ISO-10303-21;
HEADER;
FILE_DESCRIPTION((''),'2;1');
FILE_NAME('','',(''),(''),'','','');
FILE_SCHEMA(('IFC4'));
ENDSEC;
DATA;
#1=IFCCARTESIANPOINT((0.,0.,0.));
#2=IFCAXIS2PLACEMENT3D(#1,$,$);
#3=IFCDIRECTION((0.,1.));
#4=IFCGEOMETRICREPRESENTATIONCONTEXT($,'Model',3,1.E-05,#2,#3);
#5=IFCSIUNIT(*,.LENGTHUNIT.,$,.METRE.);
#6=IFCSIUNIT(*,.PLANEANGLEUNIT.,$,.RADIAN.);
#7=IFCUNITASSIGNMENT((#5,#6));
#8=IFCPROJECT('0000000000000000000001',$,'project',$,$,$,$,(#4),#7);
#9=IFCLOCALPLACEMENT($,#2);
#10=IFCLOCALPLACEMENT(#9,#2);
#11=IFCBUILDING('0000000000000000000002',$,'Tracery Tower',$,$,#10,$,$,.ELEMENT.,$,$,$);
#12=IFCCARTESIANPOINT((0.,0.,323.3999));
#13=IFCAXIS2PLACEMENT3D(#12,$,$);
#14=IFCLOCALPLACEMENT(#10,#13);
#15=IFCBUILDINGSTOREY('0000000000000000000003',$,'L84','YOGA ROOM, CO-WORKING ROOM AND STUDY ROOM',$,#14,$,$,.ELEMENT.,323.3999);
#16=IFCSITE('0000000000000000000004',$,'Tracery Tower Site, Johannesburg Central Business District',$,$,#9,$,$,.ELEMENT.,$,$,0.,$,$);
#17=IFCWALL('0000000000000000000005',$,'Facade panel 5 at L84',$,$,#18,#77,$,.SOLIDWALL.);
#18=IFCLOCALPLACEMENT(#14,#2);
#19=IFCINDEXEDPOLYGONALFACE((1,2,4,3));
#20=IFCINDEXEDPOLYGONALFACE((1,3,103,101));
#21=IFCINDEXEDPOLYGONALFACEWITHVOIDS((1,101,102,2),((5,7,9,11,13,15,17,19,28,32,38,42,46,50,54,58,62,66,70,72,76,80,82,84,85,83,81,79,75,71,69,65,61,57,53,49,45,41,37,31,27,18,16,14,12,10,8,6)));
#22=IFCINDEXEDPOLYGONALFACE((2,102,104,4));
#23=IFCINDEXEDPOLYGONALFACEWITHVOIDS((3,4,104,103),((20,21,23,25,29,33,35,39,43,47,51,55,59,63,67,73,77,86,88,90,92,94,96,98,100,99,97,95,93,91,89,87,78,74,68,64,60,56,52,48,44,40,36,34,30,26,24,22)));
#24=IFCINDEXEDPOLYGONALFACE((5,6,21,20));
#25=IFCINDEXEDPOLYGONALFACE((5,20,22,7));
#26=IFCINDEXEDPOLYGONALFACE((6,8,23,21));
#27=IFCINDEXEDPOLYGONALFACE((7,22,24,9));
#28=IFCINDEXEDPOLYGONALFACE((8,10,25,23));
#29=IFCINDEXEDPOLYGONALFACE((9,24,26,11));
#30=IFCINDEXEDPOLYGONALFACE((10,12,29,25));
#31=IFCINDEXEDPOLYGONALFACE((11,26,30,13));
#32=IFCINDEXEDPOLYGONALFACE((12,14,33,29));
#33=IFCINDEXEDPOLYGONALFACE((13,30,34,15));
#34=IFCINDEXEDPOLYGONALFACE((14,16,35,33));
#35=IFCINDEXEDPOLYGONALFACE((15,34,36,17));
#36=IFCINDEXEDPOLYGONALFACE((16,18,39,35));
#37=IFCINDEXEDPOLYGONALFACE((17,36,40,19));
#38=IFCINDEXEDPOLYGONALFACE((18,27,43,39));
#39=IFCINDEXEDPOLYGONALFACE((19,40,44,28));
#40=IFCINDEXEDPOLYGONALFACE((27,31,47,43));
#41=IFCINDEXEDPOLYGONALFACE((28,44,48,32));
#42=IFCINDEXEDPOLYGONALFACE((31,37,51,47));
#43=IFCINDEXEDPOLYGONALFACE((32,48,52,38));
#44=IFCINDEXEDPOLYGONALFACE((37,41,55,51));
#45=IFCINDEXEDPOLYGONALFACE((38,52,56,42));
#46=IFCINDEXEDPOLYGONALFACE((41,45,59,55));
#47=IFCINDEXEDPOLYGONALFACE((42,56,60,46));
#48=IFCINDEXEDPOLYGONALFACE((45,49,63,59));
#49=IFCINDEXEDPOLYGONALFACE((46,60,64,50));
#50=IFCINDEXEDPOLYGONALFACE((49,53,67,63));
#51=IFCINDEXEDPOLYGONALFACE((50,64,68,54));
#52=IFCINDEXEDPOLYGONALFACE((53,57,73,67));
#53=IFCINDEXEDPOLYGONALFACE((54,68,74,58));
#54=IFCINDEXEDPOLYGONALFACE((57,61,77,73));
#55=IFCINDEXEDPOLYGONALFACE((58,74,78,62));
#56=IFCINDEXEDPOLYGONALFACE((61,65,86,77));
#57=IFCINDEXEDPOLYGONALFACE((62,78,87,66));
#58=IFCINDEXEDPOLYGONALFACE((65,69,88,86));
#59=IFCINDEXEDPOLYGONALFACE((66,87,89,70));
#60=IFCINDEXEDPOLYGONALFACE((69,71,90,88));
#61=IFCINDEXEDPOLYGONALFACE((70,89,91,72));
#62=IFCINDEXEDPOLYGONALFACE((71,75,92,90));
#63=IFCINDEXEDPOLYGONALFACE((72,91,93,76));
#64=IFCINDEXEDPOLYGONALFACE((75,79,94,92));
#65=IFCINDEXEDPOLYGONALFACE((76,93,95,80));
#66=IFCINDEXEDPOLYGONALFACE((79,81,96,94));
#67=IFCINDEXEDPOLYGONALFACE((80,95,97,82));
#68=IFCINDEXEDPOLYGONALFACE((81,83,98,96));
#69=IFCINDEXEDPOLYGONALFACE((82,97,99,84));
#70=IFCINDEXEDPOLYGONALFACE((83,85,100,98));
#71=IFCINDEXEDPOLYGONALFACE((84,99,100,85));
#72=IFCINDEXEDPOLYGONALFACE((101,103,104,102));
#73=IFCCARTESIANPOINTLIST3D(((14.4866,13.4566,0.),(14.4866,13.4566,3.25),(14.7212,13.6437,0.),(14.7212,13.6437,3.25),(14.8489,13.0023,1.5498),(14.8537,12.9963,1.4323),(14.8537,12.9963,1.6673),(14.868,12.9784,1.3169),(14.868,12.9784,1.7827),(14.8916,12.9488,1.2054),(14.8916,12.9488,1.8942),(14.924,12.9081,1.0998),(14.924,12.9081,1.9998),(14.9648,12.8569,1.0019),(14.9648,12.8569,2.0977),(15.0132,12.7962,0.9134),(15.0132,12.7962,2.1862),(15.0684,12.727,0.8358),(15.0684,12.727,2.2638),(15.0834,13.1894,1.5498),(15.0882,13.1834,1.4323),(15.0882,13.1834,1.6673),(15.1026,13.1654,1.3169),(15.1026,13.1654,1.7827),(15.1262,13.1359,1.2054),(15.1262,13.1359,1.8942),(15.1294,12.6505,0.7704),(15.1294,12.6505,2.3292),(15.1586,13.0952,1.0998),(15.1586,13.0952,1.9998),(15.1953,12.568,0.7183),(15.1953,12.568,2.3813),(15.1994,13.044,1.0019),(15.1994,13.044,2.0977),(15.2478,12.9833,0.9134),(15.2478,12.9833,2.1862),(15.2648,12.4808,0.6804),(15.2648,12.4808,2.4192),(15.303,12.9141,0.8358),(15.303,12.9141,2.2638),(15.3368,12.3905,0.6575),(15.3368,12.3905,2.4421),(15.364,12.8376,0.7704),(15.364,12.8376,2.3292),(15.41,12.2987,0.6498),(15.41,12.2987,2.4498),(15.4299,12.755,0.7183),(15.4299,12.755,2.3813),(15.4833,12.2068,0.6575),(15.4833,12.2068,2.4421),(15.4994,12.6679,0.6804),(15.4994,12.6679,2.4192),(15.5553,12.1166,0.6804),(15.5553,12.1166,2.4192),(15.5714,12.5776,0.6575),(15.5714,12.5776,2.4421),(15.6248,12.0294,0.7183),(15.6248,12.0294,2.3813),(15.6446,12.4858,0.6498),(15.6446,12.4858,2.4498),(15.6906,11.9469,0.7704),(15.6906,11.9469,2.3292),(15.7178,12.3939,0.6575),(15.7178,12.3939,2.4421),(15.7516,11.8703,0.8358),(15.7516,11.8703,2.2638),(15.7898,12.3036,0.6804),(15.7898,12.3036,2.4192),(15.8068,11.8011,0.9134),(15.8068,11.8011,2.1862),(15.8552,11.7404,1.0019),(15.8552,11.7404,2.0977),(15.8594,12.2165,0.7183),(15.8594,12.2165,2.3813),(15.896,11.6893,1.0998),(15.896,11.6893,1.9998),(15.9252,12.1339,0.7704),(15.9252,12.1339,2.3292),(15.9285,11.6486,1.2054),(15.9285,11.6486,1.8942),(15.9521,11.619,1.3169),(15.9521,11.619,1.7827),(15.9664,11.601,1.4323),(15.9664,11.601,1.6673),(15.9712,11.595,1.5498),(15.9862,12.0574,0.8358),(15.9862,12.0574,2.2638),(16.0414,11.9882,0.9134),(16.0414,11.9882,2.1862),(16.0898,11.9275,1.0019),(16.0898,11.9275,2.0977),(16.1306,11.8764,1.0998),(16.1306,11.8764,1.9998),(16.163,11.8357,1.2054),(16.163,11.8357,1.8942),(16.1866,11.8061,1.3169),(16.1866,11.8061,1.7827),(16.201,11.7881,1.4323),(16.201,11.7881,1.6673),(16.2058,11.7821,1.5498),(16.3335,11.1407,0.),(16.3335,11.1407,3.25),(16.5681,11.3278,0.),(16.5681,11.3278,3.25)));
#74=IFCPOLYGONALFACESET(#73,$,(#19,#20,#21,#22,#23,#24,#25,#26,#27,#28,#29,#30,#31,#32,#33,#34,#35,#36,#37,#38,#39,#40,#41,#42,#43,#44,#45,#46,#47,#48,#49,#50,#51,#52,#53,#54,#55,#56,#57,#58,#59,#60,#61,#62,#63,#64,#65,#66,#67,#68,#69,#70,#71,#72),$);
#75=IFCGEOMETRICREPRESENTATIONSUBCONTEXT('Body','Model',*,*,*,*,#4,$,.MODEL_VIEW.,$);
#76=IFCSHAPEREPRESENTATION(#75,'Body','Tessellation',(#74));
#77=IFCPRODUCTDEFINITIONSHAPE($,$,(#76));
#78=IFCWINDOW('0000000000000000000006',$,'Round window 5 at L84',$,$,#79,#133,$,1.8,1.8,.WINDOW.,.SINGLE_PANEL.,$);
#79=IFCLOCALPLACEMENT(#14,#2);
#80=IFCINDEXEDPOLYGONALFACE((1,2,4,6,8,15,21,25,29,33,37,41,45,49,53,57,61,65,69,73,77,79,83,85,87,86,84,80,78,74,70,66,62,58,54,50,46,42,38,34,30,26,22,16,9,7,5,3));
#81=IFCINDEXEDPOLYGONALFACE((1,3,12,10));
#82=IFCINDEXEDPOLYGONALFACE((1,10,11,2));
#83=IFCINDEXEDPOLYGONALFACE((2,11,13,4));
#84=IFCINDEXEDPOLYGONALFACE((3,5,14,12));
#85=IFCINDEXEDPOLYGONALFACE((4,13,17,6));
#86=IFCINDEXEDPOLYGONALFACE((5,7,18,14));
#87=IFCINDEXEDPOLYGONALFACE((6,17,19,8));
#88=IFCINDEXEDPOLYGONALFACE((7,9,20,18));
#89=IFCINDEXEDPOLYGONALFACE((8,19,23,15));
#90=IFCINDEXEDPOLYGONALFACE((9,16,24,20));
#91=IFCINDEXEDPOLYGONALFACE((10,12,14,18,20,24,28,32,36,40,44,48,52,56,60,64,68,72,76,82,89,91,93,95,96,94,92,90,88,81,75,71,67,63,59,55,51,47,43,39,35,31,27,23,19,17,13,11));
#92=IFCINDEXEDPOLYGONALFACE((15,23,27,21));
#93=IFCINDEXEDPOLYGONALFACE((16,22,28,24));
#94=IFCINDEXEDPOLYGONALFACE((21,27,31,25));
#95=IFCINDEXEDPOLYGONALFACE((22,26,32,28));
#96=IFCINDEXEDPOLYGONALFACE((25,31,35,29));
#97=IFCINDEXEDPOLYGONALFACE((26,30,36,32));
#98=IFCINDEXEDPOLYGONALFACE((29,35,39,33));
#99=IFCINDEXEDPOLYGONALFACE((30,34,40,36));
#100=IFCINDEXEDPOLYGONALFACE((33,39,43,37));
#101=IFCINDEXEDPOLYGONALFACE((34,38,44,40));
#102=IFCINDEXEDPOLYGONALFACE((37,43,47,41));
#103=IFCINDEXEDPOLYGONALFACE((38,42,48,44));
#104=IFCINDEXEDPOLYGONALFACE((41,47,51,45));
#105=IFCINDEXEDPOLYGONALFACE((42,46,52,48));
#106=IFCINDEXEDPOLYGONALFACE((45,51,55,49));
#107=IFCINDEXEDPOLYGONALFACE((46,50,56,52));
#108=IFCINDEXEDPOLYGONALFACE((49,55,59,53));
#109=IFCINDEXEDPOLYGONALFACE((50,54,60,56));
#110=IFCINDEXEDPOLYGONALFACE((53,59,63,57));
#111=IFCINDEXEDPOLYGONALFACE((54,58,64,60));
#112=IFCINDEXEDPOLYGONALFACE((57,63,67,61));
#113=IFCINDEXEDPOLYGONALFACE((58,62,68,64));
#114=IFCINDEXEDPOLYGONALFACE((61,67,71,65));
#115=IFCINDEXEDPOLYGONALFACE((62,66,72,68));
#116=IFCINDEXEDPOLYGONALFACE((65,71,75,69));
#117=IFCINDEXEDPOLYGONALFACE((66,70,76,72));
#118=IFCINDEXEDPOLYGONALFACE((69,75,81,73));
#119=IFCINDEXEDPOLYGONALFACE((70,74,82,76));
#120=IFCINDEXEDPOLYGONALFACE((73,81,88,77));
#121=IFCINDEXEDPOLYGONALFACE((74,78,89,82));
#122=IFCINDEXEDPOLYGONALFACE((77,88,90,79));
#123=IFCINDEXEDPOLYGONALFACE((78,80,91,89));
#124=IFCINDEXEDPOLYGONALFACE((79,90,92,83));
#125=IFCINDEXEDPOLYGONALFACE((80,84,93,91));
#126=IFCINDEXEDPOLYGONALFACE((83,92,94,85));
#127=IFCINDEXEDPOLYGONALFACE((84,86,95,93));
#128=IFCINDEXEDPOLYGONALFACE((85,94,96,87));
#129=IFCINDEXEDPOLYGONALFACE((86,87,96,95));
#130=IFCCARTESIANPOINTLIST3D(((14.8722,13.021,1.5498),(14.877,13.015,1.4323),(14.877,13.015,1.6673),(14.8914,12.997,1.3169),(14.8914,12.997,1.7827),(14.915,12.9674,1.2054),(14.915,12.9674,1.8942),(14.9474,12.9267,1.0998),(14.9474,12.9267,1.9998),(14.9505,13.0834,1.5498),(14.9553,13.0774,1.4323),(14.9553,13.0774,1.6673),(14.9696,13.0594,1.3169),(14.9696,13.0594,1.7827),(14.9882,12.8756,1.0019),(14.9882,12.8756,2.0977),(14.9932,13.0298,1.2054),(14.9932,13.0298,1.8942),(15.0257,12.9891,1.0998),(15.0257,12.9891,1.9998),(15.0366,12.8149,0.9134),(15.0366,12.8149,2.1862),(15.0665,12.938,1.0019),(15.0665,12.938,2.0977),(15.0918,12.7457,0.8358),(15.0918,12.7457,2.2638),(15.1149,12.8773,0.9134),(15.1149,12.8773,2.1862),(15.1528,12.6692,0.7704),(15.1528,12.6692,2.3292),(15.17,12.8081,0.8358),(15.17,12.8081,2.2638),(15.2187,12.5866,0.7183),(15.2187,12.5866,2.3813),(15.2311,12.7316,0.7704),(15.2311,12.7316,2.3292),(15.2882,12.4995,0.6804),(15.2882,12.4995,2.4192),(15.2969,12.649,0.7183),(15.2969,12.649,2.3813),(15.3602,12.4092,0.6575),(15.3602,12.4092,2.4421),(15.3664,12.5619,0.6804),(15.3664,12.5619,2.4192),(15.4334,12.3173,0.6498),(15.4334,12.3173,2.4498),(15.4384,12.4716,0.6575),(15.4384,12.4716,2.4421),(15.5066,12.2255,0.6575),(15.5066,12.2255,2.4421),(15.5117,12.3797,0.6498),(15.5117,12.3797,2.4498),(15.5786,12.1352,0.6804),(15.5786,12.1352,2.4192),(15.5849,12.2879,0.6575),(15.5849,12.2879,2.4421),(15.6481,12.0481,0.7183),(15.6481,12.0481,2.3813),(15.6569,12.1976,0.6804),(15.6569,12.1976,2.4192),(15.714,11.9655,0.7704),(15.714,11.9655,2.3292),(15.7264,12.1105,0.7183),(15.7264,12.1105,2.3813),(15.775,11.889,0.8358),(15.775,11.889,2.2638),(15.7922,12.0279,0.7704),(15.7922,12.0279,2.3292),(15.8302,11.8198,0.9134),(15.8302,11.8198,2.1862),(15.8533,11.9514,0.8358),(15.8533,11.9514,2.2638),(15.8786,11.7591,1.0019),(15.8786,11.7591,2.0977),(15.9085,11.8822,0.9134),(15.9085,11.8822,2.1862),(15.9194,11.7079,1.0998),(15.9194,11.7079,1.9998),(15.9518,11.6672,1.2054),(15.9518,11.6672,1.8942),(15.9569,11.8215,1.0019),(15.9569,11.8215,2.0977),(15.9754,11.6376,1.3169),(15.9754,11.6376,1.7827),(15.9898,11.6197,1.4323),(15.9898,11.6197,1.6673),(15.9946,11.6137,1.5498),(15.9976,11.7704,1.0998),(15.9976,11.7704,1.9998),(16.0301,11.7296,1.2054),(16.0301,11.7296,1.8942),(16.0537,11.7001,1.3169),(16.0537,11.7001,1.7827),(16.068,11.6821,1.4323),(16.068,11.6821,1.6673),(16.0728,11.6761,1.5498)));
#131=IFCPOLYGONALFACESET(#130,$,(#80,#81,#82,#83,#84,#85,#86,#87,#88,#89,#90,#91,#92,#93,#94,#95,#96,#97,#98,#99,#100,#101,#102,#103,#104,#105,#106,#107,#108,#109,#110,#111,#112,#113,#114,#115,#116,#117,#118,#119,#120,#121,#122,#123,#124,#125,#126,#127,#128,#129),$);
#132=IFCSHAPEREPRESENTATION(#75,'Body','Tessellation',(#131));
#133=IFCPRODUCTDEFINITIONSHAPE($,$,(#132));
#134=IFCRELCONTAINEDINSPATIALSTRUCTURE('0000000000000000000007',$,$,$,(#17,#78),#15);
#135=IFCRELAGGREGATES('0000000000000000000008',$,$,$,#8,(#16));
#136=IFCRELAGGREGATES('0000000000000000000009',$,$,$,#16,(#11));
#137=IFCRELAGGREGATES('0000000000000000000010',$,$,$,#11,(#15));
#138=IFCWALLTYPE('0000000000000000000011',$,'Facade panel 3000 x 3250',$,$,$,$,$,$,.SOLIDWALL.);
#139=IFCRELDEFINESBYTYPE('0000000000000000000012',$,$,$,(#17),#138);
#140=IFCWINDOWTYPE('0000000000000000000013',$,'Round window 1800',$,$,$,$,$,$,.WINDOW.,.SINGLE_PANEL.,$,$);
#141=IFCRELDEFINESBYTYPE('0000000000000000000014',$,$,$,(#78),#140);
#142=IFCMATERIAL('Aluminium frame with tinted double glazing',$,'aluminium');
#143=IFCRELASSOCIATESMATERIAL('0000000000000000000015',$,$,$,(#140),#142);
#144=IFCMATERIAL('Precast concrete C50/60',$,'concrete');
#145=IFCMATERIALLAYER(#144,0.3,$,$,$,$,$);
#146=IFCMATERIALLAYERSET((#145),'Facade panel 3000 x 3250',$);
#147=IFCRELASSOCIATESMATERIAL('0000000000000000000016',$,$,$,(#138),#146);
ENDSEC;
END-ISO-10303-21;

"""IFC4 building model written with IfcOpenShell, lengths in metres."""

from ifc_helpers import new_model, si_unit, direction, frame, frame_2d, origin, origin_2d, place, context, subcontext, project, spatial, rectangle, circle, extrude, material, layer, layer_set, type_object, element, fill, save


model = new_model("IFC4")

# Units and contexts
model_context = context("Model", 3, precision=1e-05, world=origin(), true_north=direction((0.0, 1.0)))
body_context = subcontext(model_context, "Body", "Model", "MODEL_VIEW")
ifc_project = project(units=[si_unit("LENGTHUNIT", "METRE"), si_unit("PLANEANGLEUNIT", "RADIAN")], contexts=[model_context])

# Site, building, storey
site_placement = place(None, origin())
site = spatial("IfcSite", under=ifc_project, at=site_placement, Name="Tracery Tower Site, Johannesburg Central Business District", CompositionType="ELEMENT", RefElevation=0.0)
building_placement = place(site_placement, origin())
building = spatial("IfcBuilding", under=site, at=building_placement, Name="Tracery Tower", CompositionType="ELEMENT")
storey_placement = place(building_placement, frame((0.0, 0.0, 323.3999)))
storey = spatial("IfcBuildingStorey", under=building, at=storey_placement, Name="L84", Description="YOGA ROOM, CO-WORKING ROOM AND STUDY ROOM", CompositionType="ELEMENT", Elevation=323.3999)

# Wall, opening, window
ifc_material_1 = material(Name="Aluminium frame with tinted double glazing", Category="aluminium")
window_type = type_object("IfcWindowType", Name="Round window 1800", PartitioningType="SINGLE_PANEL", PredefinedType="WINDOW", material=ifc_material_1)
ifc_material_2 = material(Name="Precast concrete C50/60", Category="concrete")
ifc_layer_1 = layer(ifc_material_2, 0.3)
ifc_layer_set_1 = layer_set([ifc_layer_1], Name="Facade panel 3000 x 3250")
wall_type_1 = type_object("IfcWallType", Name="Facade panel 3000 x 3250", PredefinedType="SOLIDWALL", material=ifc_layer_set_1)
wall_1_placement = place(storey_placement, frame((16.4507, 11.2344, 0.0), z_axis=(0.0, 0.0, 1.0), x_axis=(-0.623498, 0.781825, 0.0)))
wall_1 = element("IfcWall", 1, at=wall_1_placement, inside=storey, type_object=wall_type_1, Name="Facade panel 5 at L84", PredefinedType="SOLIDWALL", context=body_context, shape_type="SweptSolid", body=[
    extrude(rectangle(XDim=2.9622, YDim=0.3, at=frame_2d((1.481, 0.0))), origin(), (0.0, 0.0, 1.0), 3.25),
])
opening_1_placement = place(wall_1_placement, frame((1.481, 0.0, 1.5498)))
opening_1 = element("IfcOpeningElement", 2, at=opening_1_placement, cuts=wall_1, PredefinedType="OPENING", context=body_context, shape_type="SweptSolid", body=[
    extrude(circle(Radius=0.9, at=origin_2d()), frame((0.0, 0.1599, 0.0), z_axis=(0.0, -1.0, 0.0), x_axis=(1.0, 0.0, 0.0)), (0.0, 0.0, 1.0), 0.3201),
])
window_1_placement = place(opening_1_placement, origin())
window_1 = element("IfcWindow", 3, at=window_1_placement, inside=storey, type_object=window_type, Name="Round window 5 at L84", OverallHeight=1.8, OverallWidth=1.8, PartitioningType="SINGLE_PANEL", PredefinedType="WINDOW", context=body_context, shape_type="SweptSolid", body=[
    extrude(circle(Radius=0.9, at=origin_2d()), frame((0.0, 0.1201, 0.0), z_axis=(0.0, -1.0, 0.0), x_axis=(1.0, 0.0, 0.0)), (0.0, 0.0, 1.0), 0.1001),
])
fill(opening_1, window_1)

save(model, "model.ifc")
